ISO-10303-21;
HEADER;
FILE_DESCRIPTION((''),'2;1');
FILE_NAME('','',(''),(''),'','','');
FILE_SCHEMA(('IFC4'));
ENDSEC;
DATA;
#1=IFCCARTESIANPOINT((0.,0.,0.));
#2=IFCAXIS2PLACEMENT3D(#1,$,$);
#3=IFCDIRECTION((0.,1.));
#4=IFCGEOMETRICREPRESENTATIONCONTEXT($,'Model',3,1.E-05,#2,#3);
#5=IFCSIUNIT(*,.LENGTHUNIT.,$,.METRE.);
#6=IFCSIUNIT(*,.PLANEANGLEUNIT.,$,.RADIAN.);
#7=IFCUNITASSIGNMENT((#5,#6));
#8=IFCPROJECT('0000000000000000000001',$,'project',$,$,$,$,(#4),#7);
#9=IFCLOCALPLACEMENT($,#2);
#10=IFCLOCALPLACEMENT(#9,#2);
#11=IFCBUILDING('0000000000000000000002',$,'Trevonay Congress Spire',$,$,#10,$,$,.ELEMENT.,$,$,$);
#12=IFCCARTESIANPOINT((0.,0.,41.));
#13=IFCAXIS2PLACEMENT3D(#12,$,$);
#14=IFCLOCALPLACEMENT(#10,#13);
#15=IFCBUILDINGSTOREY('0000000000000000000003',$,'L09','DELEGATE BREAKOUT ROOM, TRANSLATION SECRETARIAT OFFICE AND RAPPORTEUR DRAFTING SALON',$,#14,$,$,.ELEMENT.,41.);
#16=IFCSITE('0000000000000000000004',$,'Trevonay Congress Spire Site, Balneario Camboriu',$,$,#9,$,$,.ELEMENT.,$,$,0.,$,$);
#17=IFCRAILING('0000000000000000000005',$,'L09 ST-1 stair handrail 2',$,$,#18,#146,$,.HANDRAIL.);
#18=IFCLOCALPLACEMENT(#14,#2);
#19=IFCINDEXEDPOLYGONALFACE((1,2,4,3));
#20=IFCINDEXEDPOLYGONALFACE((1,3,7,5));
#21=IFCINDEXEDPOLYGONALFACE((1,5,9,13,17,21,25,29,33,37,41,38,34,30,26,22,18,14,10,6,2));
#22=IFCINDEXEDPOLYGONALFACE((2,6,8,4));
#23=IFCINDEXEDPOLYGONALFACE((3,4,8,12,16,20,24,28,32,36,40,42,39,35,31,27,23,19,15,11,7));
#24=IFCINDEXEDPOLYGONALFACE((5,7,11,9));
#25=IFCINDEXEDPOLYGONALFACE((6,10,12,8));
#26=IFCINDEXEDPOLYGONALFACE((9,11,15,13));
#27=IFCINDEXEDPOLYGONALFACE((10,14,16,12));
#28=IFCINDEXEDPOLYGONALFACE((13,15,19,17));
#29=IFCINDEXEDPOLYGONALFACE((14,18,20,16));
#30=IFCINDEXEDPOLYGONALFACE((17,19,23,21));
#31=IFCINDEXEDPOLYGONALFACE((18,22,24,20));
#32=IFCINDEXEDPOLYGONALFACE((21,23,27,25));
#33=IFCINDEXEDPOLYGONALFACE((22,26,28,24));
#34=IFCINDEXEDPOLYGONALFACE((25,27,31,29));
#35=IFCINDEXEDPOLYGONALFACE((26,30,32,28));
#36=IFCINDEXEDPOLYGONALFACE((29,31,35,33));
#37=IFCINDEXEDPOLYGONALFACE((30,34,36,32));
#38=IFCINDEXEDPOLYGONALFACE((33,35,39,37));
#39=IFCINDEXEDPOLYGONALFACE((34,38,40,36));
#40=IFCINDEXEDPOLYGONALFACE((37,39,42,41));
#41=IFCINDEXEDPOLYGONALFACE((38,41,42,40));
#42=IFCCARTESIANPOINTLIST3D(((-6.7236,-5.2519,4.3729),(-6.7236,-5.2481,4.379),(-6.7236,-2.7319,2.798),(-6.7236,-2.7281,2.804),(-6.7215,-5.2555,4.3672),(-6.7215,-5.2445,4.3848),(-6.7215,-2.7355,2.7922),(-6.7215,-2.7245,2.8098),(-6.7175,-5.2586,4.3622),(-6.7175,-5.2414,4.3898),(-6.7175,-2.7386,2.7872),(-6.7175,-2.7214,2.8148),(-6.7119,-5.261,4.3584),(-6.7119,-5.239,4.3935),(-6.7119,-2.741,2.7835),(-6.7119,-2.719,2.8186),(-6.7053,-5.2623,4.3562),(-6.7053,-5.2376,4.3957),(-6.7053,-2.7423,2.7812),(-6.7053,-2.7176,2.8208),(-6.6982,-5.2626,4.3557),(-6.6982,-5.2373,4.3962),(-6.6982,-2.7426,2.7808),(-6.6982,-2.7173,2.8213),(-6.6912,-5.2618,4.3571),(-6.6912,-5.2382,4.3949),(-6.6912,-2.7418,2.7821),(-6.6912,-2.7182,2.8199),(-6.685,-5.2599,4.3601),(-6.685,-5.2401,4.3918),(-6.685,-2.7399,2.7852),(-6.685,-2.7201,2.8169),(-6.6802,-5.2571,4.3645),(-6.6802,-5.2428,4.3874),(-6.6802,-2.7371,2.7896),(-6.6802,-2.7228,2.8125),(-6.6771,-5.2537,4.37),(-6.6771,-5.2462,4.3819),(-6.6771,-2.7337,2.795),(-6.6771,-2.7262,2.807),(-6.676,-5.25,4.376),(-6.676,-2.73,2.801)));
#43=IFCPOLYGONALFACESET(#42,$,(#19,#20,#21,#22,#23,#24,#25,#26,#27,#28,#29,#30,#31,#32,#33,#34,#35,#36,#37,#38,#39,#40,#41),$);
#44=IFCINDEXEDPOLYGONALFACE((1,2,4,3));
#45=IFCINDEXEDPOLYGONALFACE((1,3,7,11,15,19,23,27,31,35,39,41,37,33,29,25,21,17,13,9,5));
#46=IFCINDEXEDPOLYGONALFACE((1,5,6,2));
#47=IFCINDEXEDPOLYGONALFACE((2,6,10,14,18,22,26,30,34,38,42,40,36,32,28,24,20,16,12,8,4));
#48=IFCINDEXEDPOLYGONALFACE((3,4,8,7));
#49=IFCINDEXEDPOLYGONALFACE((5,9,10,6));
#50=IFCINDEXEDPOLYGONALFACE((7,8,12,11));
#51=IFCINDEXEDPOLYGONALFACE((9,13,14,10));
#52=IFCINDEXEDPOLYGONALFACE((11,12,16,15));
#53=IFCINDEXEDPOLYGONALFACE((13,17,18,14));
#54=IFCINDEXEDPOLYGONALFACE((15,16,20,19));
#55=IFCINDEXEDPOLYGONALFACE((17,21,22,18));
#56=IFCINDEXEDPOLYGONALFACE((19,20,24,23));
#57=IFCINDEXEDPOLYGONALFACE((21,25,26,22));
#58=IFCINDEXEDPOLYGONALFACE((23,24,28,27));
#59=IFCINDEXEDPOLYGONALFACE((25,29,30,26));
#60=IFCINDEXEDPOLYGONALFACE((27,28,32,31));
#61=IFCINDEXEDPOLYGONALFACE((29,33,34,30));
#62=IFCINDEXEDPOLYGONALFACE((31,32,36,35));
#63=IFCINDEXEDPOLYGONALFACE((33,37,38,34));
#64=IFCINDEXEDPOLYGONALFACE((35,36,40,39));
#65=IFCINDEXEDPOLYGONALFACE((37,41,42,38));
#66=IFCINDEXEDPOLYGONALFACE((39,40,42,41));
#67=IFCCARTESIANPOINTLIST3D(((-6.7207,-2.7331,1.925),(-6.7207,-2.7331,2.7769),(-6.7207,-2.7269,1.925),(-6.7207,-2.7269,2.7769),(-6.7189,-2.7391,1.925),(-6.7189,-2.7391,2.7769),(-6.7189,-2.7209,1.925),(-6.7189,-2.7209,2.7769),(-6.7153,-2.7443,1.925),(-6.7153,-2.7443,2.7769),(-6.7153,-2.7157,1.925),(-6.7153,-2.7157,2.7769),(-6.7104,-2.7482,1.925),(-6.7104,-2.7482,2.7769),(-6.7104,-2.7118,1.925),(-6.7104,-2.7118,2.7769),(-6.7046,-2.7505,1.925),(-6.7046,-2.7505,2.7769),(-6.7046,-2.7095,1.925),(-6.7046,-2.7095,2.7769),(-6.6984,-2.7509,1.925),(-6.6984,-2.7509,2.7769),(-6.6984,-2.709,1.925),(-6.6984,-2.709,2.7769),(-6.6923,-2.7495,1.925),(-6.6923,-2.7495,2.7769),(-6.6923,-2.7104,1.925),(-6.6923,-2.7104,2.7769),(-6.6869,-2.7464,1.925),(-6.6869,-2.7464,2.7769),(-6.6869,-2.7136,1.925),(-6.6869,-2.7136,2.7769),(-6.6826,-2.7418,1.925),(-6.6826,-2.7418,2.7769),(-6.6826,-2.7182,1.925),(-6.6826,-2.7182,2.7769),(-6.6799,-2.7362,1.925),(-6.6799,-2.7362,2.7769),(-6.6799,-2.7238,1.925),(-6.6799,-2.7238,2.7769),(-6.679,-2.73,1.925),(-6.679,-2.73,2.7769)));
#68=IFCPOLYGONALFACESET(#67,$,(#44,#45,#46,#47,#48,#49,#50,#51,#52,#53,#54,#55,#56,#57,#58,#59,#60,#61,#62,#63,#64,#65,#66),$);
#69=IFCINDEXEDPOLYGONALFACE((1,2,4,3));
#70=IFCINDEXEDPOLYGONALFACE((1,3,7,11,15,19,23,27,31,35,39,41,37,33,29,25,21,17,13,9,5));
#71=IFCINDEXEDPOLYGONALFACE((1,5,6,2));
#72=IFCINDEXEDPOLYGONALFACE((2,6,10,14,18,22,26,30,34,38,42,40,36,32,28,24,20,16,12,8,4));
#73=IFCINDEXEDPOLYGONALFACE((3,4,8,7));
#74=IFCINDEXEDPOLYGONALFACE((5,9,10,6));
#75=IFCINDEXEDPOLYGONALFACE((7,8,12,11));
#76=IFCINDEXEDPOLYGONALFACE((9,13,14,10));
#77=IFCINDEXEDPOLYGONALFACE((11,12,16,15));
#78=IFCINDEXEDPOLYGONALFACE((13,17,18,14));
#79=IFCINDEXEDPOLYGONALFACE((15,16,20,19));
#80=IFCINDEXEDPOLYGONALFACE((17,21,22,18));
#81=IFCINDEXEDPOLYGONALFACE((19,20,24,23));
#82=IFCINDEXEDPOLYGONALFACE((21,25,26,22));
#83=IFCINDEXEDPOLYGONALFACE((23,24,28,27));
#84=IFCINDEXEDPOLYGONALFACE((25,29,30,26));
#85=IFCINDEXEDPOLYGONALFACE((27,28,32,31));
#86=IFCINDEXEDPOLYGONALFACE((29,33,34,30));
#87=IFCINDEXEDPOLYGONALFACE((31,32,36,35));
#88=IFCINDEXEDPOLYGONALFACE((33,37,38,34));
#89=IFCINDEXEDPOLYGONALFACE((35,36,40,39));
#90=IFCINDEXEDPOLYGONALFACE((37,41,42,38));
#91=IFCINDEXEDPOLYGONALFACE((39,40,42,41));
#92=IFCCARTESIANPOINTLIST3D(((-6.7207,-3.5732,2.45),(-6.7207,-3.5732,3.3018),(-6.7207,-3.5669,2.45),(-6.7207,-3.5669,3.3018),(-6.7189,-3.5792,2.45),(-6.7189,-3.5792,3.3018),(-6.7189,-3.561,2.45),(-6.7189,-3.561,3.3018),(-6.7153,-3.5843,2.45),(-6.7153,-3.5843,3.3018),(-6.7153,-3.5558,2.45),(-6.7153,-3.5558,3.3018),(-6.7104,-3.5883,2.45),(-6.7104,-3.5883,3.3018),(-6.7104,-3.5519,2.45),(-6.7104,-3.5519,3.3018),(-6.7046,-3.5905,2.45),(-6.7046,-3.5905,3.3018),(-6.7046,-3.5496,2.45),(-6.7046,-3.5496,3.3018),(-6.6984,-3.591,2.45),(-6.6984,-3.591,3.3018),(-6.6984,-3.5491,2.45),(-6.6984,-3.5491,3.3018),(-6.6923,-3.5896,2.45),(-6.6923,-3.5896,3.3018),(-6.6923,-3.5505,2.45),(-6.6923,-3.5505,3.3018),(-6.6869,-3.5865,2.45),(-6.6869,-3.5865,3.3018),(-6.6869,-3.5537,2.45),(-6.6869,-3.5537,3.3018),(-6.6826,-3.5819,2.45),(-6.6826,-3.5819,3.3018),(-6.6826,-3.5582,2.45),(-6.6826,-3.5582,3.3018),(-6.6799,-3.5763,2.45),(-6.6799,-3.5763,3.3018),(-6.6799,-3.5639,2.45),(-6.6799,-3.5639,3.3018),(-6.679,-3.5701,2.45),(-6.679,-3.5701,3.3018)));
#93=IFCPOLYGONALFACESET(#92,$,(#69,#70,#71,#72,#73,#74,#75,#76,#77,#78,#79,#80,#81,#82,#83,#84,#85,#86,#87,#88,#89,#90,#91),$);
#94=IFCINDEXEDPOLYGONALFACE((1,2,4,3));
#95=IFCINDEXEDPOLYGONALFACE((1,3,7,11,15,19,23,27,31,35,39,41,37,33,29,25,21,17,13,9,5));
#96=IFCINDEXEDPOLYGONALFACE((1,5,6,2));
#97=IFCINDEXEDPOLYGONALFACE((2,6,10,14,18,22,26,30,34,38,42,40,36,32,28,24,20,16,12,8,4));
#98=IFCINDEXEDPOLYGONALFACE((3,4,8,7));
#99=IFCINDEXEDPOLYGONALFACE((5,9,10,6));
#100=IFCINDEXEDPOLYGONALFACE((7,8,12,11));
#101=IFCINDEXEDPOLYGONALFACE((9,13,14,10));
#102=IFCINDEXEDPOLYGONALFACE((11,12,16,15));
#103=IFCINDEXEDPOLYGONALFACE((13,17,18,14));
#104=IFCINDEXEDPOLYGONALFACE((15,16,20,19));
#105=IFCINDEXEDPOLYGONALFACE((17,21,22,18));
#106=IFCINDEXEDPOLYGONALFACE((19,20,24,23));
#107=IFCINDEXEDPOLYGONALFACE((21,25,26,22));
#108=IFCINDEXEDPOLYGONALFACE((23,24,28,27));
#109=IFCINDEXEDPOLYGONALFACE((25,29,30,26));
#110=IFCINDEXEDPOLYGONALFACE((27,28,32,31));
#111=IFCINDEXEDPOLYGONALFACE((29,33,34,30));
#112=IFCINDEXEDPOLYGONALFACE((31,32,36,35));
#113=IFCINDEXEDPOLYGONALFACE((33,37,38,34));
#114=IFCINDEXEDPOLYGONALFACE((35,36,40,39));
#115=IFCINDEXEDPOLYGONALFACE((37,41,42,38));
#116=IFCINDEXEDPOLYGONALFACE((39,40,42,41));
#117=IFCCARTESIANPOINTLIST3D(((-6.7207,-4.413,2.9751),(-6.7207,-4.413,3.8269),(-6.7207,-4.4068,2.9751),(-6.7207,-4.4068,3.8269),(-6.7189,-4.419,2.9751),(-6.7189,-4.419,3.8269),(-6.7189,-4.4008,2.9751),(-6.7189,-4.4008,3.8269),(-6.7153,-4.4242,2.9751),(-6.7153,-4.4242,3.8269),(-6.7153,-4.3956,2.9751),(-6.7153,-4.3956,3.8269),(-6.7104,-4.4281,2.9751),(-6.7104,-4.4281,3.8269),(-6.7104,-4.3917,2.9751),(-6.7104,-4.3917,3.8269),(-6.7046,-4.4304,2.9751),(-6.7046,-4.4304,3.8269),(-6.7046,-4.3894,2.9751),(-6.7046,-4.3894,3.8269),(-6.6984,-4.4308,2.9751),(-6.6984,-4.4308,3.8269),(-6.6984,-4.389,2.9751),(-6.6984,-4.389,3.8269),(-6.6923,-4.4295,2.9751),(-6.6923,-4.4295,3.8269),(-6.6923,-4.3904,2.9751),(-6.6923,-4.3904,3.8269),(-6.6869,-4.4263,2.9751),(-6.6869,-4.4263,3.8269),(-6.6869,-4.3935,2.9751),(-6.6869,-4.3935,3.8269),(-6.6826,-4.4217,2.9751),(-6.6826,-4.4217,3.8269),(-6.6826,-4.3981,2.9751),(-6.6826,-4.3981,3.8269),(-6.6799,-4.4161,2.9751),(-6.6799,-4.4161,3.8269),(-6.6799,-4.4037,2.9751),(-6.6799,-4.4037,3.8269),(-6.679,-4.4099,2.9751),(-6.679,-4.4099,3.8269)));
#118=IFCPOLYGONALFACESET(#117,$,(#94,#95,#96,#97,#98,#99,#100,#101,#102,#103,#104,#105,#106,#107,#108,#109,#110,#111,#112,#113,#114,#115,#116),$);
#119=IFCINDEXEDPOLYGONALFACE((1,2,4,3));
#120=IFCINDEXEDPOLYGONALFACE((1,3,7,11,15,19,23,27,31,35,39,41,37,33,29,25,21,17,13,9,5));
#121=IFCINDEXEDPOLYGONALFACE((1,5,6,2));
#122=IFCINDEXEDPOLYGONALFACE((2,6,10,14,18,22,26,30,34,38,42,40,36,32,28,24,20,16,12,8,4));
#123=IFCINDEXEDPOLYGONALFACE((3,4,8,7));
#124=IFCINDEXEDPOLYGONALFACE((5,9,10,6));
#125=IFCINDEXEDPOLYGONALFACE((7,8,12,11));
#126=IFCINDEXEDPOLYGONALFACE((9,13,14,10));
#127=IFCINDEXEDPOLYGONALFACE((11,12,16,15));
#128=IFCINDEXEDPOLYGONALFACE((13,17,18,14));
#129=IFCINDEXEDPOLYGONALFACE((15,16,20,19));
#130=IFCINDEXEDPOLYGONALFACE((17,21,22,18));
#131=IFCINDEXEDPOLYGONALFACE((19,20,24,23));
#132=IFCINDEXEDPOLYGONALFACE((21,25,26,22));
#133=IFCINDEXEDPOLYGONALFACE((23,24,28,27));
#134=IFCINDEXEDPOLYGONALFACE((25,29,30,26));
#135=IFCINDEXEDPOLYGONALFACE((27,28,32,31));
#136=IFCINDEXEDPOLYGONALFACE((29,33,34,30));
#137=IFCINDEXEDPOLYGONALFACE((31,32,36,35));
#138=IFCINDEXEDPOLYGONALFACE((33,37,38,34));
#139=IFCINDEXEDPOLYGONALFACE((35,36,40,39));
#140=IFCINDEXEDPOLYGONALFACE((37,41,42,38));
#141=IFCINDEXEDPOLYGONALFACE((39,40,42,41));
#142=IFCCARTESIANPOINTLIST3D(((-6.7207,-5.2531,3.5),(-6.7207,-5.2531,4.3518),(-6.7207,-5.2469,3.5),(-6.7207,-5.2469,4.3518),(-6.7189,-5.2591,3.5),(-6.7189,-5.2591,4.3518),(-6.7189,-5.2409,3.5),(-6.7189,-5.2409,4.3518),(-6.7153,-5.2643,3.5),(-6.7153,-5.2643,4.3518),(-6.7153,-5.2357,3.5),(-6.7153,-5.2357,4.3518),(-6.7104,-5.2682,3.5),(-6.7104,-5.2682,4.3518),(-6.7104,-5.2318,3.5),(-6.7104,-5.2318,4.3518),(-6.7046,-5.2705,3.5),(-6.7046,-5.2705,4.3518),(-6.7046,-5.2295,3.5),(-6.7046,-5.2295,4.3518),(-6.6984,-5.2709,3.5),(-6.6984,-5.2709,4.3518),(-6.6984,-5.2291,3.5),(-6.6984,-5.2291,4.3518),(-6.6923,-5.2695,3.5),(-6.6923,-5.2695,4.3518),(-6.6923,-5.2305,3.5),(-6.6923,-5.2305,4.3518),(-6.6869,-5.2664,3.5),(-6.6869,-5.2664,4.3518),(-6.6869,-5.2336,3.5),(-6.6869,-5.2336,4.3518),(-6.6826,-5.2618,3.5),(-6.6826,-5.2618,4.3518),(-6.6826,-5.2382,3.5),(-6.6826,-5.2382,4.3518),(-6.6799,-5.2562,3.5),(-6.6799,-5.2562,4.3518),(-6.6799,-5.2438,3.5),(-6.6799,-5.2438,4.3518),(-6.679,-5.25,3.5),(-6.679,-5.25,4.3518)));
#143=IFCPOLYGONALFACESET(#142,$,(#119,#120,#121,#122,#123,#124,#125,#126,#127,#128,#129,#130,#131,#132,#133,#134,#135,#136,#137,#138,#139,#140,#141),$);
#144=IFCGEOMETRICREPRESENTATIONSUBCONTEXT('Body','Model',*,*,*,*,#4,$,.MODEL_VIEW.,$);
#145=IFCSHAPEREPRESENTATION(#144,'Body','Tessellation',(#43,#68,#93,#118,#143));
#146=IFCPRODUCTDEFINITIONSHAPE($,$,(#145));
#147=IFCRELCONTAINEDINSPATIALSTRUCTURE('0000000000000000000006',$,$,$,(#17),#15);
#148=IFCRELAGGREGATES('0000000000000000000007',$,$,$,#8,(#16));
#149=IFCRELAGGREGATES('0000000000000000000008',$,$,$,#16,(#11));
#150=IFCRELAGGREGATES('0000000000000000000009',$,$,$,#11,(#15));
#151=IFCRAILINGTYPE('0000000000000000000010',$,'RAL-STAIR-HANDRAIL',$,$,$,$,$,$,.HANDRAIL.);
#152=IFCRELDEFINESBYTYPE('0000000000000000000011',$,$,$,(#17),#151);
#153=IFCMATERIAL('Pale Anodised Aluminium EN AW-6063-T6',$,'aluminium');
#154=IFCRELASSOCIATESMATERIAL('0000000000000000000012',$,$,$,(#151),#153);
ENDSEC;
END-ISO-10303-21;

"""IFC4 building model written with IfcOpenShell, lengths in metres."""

from ifc_helpers import new_model, si_unit, direction, frame, origin, origin_2d, place, context, subcontext, project, spatial, circle, extrude, material, type_object, element, save


model = new_model("IFC4")

# Units and contexts
model_context = context("Model", 3, precision=1e-05, world=origin(), true_north=direction((0.0, 1.0)))
body_context = subcontext(model_context, "Body", "Model", "MODEL_VIEW")
ifc_project = project(units=[si_unit("LENGTHUNIT", "METRE"), si_unit("PLANEANGLEUNIT", "RADIAN")], contexts=[model_context])

# Site, building, storey
site_placement = place(None, origin())
site = spatial("IfcSite", under=ifc_project, at=site_placement, Name="Trevonay Congress Spire Site, Balneario Camboriu", CompositionType="ELEMENT", RefElevation=0.0)
building_placement = place(site_placement, origin())
building = spatial("IfcBuilding", under=site, at=building_placement, Name="Trevonay Congress Spire", CompositionType="ELEMENT")
storey_placement = place(building_placement, frame((0.0, 0.0, 41.0)))
storey = spatial("IfcBuildingStorey", under=building, at=storey_placement, Name="L09", Description="DELEGATE BREAKOUT ROOM, TRANSLATION SECRETARIAT OFFICE AND RAPPORTEUR DRAFTING SALON", CompositionType="ELEMENT", Elevation=41.0)

# Shared definitions
ifc_material_1 = material(Name="Pale Anodised Aluminium EN AW-6063-T6", Category="aluminium")

# Railing
railing_type_1 = type_object("IfcRailingType", Name="RAL-STAIR-HANDRAIL", PredefinedType="HANDRAIL", material=ifc_material_1)
railing_1_placement = place(storey_placement, frame((-6.7, -2.73, 1.925)))
element("IfcRailing", 1, at=railing_1_placement, inside=storey, type_object=railing_type_1, Name="L09 ST-1 stair handrail 2", PredefinedType="HANDRAIL", context=body_context, shape_type="SweptSolid", body=[
    extrude(circle(Radius=0.0239, at=origin_2d()), frame((0.0, 0.0, 0.876), z_axis=(0.0, -0.848008, 0.529984), x_axis=(1.0, 0.0, 0.0)), (0.0, 0.0, 1.0), 2.9717),
    extrude(circle(Radius=0.021, at=origin_2d()), origin(), (0.0, 0.0, 1.0), 0.8518),
    extrude(circle(Radius=0.021, at=origin_2d()), frame((0.0, -0.8401, 0.5249)), (0.0, 0.0, 1.0), 0.8518),
    extrude(circle(Radius=0.021, at=origin_2d()), frame((0.0, -1.6799, 1.05)), (0.0, 0.0, 1.0), 0.8518),
    extrude(circle(Radius=0.021, at=origin_2d()), frame((0.0, -2.52, 1.575)), (0.0, 0.0, 1.0), 0.8518),
])

save(model, "model.ifc")
